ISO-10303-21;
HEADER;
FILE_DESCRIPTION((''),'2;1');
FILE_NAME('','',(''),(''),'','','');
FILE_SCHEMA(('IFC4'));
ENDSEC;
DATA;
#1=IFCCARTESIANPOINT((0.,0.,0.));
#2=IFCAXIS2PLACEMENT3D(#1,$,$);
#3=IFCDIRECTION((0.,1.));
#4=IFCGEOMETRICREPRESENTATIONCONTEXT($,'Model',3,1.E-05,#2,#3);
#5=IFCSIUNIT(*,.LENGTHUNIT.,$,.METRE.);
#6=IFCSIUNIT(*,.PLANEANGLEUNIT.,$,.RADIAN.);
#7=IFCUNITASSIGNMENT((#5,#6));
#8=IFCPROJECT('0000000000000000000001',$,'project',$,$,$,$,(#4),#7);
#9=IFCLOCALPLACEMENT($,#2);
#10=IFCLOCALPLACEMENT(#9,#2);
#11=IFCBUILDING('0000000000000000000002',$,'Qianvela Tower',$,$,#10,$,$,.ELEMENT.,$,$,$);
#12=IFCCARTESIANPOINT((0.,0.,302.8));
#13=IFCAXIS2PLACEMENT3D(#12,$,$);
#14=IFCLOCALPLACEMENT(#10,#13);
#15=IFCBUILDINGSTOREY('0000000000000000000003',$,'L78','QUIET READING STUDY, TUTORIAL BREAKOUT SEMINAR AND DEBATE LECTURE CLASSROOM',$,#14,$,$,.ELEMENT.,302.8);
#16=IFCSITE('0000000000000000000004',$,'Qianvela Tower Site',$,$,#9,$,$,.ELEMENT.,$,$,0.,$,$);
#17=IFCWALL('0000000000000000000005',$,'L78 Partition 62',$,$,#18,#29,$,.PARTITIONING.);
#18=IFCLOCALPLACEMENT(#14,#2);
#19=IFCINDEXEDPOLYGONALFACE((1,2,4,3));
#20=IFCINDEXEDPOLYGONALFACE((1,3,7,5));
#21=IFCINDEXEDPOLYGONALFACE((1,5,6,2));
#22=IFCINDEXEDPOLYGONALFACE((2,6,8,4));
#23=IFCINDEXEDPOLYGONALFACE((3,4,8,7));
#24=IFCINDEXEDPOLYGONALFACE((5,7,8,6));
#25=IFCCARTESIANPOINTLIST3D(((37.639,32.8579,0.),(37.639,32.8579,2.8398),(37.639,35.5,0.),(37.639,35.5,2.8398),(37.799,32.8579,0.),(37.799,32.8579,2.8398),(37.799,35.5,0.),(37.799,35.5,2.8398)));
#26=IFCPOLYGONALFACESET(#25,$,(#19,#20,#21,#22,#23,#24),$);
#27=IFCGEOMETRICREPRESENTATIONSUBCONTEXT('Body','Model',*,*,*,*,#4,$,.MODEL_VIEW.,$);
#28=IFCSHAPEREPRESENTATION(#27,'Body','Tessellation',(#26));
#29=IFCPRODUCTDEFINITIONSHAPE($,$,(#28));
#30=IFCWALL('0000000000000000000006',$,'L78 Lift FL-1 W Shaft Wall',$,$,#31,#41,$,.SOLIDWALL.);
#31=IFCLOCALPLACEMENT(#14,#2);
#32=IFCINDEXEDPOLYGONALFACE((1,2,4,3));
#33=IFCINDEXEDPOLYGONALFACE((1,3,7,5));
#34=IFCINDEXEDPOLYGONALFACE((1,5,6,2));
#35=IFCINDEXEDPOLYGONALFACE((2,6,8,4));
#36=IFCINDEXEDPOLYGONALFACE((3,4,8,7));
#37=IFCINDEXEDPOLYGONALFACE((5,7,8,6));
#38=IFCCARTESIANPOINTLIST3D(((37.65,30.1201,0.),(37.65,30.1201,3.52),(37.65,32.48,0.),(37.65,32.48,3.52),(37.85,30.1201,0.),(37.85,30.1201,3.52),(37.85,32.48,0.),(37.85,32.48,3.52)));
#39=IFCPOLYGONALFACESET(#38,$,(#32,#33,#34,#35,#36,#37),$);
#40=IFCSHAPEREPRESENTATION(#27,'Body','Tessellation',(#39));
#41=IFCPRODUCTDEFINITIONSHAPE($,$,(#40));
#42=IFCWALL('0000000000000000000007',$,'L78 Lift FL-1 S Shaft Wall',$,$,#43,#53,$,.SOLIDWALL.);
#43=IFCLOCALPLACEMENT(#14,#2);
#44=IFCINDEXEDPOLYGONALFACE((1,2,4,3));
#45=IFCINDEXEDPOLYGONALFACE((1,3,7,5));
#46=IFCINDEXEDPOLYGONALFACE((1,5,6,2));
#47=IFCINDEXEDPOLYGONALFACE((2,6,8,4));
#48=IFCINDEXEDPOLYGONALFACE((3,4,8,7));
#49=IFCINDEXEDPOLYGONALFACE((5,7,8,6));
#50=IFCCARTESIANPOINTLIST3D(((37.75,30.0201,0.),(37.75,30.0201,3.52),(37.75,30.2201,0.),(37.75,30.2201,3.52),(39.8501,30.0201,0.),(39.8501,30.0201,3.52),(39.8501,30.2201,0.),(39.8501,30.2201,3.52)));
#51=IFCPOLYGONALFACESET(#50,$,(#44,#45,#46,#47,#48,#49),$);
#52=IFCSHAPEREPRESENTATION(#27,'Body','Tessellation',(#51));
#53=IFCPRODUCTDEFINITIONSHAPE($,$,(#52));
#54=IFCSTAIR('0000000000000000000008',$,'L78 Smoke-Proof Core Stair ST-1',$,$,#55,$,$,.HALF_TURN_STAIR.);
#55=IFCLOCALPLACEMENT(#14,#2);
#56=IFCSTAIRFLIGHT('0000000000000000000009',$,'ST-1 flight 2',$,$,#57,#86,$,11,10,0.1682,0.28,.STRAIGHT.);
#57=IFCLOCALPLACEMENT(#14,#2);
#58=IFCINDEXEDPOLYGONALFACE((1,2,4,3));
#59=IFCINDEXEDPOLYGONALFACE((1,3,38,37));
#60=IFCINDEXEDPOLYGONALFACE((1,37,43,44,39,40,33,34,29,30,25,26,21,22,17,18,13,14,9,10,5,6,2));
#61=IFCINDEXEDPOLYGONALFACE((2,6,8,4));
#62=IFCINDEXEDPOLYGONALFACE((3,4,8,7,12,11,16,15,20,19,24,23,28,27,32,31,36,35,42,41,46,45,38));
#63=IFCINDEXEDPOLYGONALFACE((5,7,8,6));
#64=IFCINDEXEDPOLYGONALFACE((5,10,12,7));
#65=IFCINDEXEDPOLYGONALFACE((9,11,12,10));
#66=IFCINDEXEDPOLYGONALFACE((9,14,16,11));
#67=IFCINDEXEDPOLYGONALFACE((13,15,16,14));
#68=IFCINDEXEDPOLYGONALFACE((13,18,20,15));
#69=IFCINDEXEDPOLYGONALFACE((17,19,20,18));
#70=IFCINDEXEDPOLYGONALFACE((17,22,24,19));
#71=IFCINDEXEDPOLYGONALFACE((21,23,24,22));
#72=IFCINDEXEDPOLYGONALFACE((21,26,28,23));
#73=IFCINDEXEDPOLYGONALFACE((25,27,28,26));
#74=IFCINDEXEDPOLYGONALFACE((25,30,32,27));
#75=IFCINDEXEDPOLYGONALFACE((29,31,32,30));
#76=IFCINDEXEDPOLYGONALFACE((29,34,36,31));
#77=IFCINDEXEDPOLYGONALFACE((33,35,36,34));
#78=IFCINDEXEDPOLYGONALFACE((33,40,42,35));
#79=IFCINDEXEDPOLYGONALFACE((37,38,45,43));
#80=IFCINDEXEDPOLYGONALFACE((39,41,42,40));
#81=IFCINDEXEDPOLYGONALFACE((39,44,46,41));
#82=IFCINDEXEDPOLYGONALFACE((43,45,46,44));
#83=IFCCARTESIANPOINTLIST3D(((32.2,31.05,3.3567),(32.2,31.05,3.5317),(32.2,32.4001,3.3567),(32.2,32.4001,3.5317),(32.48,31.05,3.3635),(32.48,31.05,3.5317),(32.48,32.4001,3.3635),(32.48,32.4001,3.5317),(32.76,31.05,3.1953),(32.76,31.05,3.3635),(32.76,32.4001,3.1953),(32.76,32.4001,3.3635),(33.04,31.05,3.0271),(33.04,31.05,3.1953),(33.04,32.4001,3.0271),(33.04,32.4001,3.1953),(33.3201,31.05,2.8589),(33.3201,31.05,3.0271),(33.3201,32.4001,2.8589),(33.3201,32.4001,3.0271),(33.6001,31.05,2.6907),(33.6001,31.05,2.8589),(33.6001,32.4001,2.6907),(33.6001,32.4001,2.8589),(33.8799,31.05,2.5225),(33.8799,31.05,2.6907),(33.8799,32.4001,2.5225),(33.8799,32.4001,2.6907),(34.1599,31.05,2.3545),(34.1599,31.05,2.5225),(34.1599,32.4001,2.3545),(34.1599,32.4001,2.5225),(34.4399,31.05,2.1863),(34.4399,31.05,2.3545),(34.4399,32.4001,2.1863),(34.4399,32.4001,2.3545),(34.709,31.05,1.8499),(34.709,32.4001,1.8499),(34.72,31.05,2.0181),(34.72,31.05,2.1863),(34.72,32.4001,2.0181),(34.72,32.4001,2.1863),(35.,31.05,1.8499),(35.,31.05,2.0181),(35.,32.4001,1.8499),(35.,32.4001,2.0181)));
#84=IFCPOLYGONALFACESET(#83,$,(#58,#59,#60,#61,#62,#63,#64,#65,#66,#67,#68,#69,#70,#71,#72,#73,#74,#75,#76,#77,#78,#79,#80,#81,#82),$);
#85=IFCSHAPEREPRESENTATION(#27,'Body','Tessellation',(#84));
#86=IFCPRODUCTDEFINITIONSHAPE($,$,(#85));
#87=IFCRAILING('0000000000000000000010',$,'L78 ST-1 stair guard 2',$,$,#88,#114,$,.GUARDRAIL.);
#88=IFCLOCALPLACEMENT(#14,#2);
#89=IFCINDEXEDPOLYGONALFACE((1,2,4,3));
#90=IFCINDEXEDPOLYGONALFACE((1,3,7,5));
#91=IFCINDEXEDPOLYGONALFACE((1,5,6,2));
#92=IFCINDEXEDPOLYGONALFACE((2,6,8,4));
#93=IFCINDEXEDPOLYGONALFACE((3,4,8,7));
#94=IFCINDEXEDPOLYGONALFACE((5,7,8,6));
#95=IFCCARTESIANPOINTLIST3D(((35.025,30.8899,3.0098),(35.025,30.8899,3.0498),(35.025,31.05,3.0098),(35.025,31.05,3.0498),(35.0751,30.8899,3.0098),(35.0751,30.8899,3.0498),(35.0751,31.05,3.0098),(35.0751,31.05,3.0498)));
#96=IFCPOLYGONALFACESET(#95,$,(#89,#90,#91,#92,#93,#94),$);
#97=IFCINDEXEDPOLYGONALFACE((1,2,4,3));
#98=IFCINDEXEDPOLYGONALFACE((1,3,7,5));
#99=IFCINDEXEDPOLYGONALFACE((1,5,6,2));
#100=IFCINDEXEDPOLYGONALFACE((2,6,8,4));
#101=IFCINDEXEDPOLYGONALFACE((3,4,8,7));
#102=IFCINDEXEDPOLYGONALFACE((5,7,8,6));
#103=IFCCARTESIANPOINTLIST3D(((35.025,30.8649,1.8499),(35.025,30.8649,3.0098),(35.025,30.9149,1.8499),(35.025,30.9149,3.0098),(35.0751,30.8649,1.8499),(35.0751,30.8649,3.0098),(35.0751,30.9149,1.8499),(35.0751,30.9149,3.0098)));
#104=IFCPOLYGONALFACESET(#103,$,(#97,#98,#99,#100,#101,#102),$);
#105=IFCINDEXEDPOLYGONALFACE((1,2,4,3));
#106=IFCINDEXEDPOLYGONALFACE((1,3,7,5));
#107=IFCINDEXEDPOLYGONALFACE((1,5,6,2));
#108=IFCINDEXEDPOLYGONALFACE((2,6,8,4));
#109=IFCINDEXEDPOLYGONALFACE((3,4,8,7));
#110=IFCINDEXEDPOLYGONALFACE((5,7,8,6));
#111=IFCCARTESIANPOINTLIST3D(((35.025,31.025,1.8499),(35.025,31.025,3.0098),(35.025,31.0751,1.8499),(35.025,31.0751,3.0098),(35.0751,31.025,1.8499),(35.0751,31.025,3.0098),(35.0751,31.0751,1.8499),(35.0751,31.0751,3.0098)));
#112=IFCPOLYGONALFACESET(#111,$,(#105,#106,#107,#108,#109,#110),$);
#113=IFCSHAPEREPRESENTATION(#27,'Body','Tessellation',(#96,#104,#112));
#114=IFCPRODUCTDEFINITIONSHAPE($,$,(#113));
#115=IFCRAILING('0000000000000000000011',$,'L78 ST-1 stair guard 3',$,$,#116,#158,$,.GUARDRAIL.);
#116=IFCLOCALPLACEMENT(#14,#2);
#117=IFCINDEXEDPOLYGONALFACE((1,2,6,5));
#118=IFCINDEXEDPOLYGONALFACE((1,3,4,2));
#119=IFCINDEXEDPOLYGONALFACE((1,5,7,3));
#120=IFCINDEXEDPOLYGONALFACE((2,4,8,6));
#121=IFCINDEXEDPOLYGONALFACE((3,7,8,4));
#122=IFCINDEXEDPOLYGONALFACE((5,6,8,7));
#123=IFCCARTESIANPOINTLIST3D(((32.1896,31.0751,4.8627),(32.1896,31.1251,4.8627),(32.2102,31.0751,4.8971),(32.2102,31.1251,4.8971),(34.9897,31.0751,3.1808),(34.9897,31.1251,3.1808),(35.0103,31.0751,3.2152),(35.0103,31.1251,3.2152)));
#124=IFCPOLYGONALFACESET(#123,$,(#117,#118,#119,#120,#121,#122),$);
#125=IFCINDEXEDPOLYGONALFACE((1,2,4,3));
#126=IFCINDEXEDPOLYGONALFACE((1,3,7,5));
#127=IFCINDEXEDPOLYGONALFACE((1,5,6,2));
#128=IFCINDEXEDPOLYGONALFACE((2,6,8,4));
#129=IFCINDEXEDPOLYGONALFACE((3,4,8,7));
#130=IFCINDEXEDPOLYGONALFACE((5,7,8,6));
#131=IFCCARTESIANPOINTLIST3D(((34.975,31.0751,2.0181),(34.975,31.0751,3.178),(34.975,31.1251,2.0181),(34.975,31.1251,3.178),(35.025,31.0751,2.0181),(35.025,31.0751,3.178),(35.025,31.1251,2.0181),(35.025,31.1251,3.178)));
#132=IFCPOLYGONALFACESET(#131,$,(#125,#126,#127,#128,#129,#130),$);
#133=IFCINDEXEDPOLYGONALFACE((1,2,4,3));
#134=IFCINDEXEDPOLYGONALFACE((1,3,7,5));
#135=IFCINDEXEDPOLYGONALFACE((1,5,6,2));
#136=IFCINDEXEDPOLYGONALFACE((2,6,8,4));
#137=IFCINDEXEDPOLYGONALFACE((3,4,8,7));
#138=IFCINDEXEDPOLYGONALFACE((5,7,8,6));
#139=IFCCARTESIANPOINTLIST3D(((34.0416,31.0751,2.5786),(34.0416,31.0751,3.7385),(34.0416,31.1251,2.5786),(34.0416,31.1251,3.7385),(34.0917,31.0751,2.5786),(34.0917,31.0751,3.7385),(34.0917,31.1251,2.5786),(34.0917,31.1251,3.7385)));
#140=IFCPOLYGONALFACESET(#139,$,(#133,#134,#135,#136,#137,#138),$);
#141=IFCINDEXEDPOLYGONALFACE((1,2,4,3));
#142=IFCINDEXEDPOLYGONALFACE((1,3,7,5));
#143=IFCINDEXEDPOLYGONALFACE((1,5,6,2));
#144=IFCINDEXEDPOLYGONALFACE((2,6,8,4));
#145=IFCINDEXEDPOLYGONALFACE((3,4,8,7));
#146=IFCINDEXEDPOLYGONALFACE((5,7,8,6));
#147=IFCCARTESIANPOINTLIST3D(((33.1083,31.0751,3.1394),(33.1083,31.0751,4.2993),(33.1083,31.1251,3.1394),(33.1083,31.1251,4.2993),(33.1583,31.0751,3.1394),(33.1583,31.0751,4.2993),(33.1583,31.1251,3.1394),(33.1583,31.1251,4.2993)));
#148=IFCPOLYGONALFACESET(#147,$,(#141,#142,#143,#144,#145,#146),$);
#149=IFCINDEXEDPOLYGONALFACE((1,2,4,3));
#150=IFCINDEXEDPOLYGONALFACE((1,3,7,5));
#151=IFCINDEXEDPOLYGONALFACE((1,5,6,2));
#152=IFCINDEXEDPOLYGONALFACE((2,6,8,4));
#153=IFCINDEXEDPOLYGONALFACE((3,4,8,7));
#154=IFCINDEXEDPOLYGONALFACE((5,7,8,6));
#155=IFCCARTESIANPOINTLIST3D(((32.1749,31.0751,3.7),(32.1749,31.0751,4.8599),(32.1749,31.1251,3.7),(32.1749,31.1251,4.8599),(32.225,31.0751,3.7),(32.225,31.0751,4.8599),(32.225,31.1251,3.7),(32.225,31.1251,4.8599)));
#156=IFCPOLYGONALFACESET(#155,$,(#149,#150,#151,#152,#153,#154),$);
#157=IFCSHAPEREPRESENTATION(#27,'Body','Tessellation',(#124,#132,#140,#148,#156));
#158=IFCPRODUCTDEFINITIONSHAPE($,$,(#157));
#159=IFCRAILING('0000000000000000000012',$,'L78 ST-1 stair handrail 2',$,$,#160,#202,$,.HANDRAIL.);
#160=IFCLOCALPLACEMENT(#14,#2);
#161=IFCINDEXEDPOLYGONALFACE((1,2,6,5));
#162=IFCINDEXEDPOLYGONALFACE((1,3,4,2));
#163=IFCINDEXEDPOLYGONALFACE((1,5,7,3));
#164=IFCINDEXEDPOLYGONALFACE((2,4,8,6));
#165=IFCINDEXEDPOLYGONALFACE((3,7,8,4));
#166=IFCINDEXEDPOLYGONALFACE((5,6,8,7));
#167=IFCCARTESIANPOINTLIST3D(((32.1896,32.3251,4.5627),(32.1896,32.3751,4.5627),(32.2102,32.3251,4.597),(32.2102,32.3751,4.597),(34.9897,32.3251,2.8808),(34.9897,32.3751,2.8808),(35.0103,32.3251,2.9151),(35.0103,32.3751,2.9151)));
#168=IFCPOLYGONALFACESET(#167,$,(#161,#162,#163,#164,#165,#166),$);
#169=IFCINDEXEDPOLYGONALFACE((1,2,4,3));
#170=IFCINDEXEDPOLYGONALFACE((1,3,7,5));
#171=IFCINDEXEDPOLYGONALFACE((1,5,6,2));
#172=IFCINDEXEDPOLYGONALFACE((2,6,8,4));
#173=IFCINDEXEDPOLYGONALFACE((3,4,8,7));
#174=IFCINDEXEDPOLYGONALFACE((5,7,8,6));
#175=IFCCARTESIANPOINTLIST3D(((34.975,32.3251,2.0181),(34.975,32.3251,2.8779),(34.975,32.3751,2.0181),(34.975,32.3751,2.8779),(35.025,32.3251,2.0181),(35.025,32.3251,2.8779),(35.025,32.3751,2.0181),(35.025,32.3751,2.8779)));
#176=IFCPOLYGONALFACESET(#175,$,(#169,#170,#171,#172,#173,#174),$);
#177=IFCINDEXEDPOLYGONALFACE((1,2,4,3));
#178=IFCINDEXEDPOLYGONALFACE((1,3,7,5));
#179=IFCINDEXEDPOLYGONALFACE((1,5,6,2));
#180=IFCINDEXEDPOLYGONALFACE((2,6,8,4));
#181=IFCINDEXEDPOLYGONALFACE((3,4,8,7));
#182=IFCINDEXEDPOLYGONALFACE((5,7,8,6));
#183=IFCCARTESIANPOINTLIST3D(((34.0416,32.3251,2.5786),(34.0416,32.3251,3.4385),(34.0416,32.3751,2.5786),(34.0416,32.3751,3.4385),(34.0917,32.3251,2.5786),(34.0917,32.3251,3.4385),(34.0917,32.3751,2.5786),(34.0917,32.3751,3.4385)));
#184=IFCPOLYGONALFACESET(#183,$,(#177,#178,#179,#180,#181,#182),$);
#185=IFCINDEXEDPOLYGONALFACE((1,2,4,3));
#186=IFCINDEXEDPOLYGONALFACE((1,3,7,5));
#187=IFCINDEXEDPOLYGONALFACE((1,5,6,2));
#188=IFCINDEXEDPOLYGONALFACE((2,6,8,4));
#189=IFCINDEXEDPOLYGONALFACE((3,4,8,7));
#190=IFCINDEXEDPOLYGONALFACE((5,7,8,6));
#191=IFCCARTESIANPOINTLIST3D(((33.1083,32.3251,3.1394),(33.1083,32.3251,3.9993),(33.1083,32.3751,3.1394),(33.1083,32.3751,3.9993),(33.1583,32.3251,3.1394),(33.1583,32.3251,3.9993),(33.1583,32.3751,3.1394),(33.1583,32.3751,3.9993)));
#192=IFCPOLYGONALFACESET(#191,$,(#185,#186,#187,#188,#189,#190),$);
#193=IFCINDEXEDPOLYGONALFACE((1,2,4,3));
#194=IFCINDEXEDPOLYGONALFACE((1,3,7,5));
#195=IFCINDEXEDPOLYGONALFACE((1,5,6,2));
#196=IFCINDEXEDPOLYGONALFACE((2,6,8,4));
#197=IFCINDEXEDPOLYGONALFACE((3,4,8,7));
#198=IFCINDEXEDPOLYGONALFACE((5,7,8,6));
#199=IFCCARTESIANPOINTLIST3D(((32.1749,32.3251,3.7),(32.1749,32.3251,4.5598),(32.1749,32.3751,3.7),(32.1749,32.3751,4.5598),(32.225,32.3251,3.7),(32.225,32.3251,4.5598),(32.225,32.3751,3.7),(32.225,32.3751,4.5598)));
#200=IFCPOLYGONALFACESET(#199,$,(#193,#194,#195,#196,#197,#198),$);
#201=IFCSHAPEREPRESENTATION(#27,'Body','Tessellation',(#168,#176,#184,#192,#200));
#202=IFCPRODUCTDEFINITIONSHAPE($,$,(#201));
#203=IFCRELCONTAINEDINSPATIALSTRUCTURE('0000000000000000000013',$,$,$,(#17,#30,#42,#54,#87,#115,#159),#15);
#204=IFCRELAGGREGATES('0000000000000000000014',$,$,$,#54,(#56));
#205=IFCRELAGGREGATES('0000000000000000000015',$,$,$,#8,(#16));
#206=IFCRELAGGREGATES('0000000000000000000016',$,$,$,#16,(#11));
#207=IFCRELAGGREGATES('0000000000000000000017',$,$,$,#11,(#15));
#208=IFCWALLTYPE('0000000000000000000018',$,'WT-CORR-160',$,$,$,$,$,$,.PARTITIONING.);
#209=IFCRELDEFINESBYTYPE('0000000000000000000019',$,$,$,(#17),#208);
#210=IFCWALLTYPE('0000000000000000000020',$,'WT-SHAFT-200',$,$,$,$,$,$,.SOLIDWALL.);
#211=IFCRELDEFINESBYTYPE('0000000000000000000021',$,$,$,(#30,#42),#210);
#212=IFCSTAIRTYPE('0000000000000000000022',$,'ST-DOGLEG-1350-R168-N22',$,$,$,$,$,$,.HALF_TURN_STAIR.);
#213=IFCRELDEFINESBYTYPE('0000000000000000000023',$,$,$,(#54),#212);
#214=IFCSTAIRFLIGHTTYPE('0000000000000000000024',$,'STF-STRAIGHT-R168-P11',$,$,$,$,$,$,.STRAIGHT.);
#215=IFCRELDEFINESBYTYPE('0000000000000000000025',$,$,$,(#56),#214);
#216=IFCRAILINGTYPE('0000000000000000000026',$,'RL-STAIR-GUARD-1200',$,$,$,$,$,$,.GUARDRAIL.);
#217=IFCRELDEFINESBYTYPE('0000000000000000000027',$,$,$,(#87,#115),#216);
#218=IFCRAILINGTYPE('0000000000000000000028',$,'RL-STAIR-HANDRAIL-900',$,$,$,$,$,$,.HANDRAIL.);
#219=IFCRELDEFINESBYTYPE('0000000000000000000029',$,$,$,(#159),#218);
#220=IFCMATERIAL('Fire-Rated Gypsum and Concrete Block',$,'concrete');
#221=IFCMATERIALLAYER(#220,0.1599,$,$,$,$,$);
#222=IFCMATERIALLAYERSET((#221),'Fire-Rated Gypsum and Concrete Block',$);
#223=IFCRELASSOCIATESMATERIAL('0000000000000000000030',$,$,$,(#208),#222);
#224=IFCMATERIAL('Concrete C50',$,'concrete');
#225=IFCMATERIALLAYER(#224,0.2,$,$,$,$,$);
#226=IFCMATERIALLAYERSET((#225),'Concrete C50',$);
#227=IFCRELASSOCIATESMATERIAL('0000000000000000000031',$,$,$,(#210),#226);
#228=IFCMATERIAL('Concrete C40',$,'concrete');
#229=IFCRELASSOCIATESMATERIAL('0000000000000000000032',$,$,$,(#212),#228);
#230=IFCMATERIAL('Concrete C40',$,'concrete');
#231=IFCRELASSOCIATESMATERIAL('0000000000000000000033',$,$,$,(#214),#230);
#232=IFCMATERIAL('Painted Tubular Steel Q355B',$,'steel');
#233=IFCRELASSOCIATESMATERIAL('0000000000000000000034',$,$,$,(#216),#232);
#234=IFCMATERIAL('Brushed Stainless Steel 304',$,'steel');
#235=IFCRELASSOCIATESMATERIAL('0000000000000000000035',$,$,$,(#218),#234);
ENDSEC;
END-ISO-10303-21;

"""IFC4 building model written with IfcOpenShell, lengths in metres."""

from ifc_helpers import new_model, si_unit, direction, frame, frame_2d, origin, origin_2d, place, context, subcontext, project, spatial, polyline, rectangle, outline, extrude, material, layer, layer_set, type_object, element, aggregate, save


model = new_model("IFC4")

# Units and contexts
model_context = context("Model", 3, precision=1e-05, world=origin(), true_north=direction((0.0, 1.0)))
body_context = subcontext(model_context, "Body", "Model", "MODEL_VIEW")
ifc_project = project(units=[si_unit("LENGTHUNIT", "METRE"), si_unit("PLANEANGLEUNIT", "RADIAN")], contexts=[model_context])

# Site, building, storey
site_placement = place(None, origin())
site = spatial("IfcSite", under=ifc_project, at=site_placement, Name="Qianvela Tower Site", CompositionType="ELEMENT", RefElevation=0.0)
building_placement = place(site_placement, origin())
building = spatial("IfcBuilding", under=site, at=building_placement, Name="Qianvela Tower", CompositionType="ELEMENT")
storey_placement = place(building_placement, frame((0.0, 0.0, 302.8)))
storey = spatial("IfcBuildingStorey", under=building, at=storey_placement, Name="L78", Description="QUIET READING STUDY, TUTORIAL BREAKOUT SEMINAR AND DEBATE LECTURE CLASSROOM", CompositionType="ELEMENT", Elevation=302.8)

# Wall
ifc_material_1 = material(Name="Fire-Rated Gypsum and Concrete Block", Category="concrete")
ifc_layer_1 = layer(ifc_material_1, 0.1599)
ifc_layer_set_1 = layer_set([ifc_layer_1], Name="Fire-Rated Gypsum and Concrete Block")
wall_type_1 = type_object("IfcWallType", Name="WT-CORR-160", PredefinedType="PARTITIONING", material=ifc_layer_set_1)
wall_1_placement = place(storey_placement, frame((37.719, 35.5, 0.0), z_axis=(0.0, 0.0, 1.0), x_axis=(0.0, -1.0, 0.0)))
element("IfcWall", 1, at=wall_1_placement, inside=storey, type_object=wall_type_1, Name="L78 Partition 62", PredefinedType="PARTITIONING", context=body_context, shape_type="SweptSolid", body=[
    extrude(rectangle(XDim=2.6421, YDim=0.1599, at=frame_2d((1.321, 0.0))), origin(), (0.0, 0.0, 1.0), 2.8398),
])

# Shared definitions
ifc_material_2 = material(Name="Concrete C50", Category="concrete")
ifc_layer_2 = layer(ifc_material_2, 0.2)
ifc_layer_set_2 = layer_set([ifc_layer_2], Name="Concrete C50")
wall_type_2 = type_object("IfcWallType", Name="WT-SHAFT-200", PredefinedType="SOLIDWALL", material=ifc_layer_set_2)

# Walls
wall_2_placement = place(storey_placement, frame((37.75, 30.1201, 0.0), z_axis=(0.0, 0.0, 1.0), x_axis=(0.0, 1.0, 0.0)))
element("IfcWall", 2, at=wall_2_placement, inside=storey, type_object=wall_type_2, Name="L78 Lift FL-1 W Shaft Wall", PredefinedType="SOLIDWALL", context=body_context, shape_type="SweptSolid", body=[
    extrude(rectangle(XDim=2.3599, YDim=0.2, at=frame_2d((1.1799, 0.0))), origin(), (0.0, 0.0, 1.0), 3.52),
])
wall_3_placement = place(storey_placement, frame((37.75, 30.1201, 0.0), z_axis=(0.0, 0.0, 1.0), x_axis=(1.0, 0.0, 0.0)))
element("IfcWall", 3, at=wall_3_placement, inside=storey, type_object=wall_type_2, Name="L78 Lift FL-1 S Shaft Wall", PredefinedType="SOLIDWALL", context=body_context, shape_type="SweptSolid", body=[
    extrude(rectangle(XDim=2.1001, YDim=0.2, at=frame_2d((1.05, 0.0))), origin(), (0.0, 0.0, 1.0), 3.52),
])

# Stair, stair flight
ifc_material_3 = material(Name="Concrete C40", Category="concrete")
stair_type = type_object("IfcStairType", Name="ST-DOGLEG-1350-R168-N22", PredefinedType="HALF_TURN_STAIR", material=ifc_material_3)
stair_placement = place(storey_placement, origin())
stair = element("IfcStair", 4, at=stair_placement, inside=storey, type_object=stair_type, Name="L78 Smoke-Proof Core Stair ST-1", PredefinedType="HALF_TURN_STAIR")
ifc_material_4 = material(Name="Concrete C40", Category="concrete")
stair_flight_type = type_object("IfcStairFlightType", Name="STF-STRAIGHT-R168-P11", PredefinedType="STRAIGHT", material=ifc_material_4)
stair_flight_placement = place(storey_placement, frame((35.0, 31.7251, 1.8499), z_axis=(0.0, 0.0, 1.0), x_axis=(-1.0, 0.0, 0.0)))
stair_flight = element("IfcStairFlight", 5, at=stair_flight_placement, type_object=stair_flight_type, Name="ST-1 flight 2", NumberOfRisers=11, NumberOfTreads=10, PredefinedType="STRAIGHT", RiserHeight=0.1682, TreadLength=0.28, context=body_context, shape_type="SweptSolid", body=[
    extrude(outline(polyline([(0.0, 0.0), (0.0, 0.1682), (0.28, 0.1682), (0.28, 0.3364), (0.5601, 0.3364), (0.5601, 0.5046), (0.8401, 0.5046), (0.8401, 0.6726), (1.1201, 0.6726), (1.1201, 0.8408), (1.3999, 0.8408), (1.3999, 1.009), (1.6799, 1.009), (1.6799, 1.1772), (1.96, 1.1772), (1.96, 1.3455), (2.24, 1.3455), (2.24, 1.5137), (2.52, 1.5137), (2.52, 1.6819), (2.8, 1.6819), (2.8, 1.8501), (2.8, 1.5068), (0.291, 0.0), (0.0, 0.0)])), frame((0.0, 0.675, 0.0), z_axis=(0.0, -1.0, 0.0), x_axis=(1.0, 0.0, 0.0)), (0.0, 0.0, 1.0), 1.3501),
])
aggregate(stair, [stair_flight])

# Railings
ifc_material_5 = material(Name="Painted Tubular Steel Q355B", Category="steel")
railing_type_1 = type_object("IfcRailingType", Name="RL-STAIR-GUARD-1200", PredefinedType="GUARDRAIL", material=ifc_material_5)
railing_1_placement = place(storey_placement, frame((35.05, 30.8899, 1.8499)))
element("IfcRailing", 6, at=railing_1_placement, inside=storey, type_object=railing_type_1, Name="L78 ST-1 stair guard 2", PredefinedType="GUARDRAIL", context=body_context, shape_type="SweptSolid", body=[
    extrude(rectangle(XDim=0.05, YDim=0.04, at=origin_2d()), frame((0.0, 0.0, 1.1799), z_axis=(0.0, 1.0, 0.0), x_axis=(-1.0, 0.0, 0.0)), (0.0, 0.0, 1.0), 0.1602),
    extrude(rectangle(XDim=0.05, YDim=0.05, at=origin_2d()), origin(), (0.0, 0.0, 1.0), 1.1599),
    extrude(rectangle(XDim=0.05, YDim=0.05, at=origin_2d()), frame((0.0, 0.1602, 0.0)), (0.0, 0.0, 1.0), 1.1599),
])
railing_2_placement = place(storey_placement, frame((35.0, 31.1001, 2.0181)))
element("IfcRailing", 7, at=railing_2_placement, inside=storey, type_object=railing_type_1, Name="L78 ST-1 stair guard 3", PredefinedType="GUARDRAIL", context=body_context, shape_type="SweptSolid", body=[
    extrude(rectangle(XDim=0.05, YDim=0.04, at=origin_2d()), frame((0.0, 0.0, 1.1799), z_axis=(-0.857242, 0.0, 0.514913), x_axis=(0.0, -1.0, 0.0)), (0.0, 0.0, 1.0), 3.2664),
    extrude(rectangle(XDim=0.05, YDim=0.05, at=origin_2d()), origin(), (0.0, 0.0, 1.0), 1.1599),
    extrude(rectangle(XDim=0.05, YDim=0.05, at=origin_2d()), frame((-0.9333, 0.0, 0.5605)), (0.0, 0.0, 1.0), 1.1599),
    extrude(rectangle(XDim=0.05, YDim=0.05, at=origin_2d()), frame((-1.8667, 0.0, 1.1213)), (0.0, 0.0, 1.0), 1.1599),
    extrude(rectangle(XDim=0.05, YDim=0.05, at=origin_2d()), frame((-2.8, 0.0, 1.6819)), (0.0, 0.0, 1.0), 1.1599),
])
ifc_material_6 = material(Name="Brushed Stainless Steel 304", Category="steel")
railing_type_2 = type_object("IfcRailingType", Name="RL-STAIR-HANDRAIL-900", PredefinedType="HANDRAIL", material=ifc_material_6)
railing_3_placement = place(storey_placement, frame((35.0, 32.3501, 2.0181)))
element("IfcRailing", 8, at=railing_3_placement, inside=storey, type_object=railing_type_2, Name="L78 ST-1 stair handrail 2", PredefinedType="HANDRAIL", context=body_context, shape_type="SweptSolid", body=[
    extrude(rectangle(XDim=0.05, YDim=0.04, at=origin_2d()), frame((0.0, 0.0, 0.8799), z_axis=(-0.857242, 0.0, 0.514913), x_axis=(0.0, -1.0, 0.0)), (0.0, 0.0, 1.0), 3.2664),
    extrude(rectangle(XDim=0.05, YDim=0.05, at=origin_2d()), origin(), (0.0, 0.0, 1.0), 0.8599),
    extrude(rectangle(XDim=0.05, YDim=0.05, at=origin_2d()), frame((-0.9333, 0.0, 0.5605)), (0.0, 0.0, 1.0), 0.8599),
    extrude(rectangle(XDim=0.05, YDim=0.05, at=origin_2d()), frame((-1.8667, 0.0, 1.1213)), (0.0, 0.0, 1.0), 0.8599),
    extrude(rectangle(XDim=0.05, YDim=0.05, at=origin_2d()), frame((-2.8, 0.0, 1.6819)), (0.0, 0.0, 1.0), 0.8599),
])

save(model, "model.ifc")
